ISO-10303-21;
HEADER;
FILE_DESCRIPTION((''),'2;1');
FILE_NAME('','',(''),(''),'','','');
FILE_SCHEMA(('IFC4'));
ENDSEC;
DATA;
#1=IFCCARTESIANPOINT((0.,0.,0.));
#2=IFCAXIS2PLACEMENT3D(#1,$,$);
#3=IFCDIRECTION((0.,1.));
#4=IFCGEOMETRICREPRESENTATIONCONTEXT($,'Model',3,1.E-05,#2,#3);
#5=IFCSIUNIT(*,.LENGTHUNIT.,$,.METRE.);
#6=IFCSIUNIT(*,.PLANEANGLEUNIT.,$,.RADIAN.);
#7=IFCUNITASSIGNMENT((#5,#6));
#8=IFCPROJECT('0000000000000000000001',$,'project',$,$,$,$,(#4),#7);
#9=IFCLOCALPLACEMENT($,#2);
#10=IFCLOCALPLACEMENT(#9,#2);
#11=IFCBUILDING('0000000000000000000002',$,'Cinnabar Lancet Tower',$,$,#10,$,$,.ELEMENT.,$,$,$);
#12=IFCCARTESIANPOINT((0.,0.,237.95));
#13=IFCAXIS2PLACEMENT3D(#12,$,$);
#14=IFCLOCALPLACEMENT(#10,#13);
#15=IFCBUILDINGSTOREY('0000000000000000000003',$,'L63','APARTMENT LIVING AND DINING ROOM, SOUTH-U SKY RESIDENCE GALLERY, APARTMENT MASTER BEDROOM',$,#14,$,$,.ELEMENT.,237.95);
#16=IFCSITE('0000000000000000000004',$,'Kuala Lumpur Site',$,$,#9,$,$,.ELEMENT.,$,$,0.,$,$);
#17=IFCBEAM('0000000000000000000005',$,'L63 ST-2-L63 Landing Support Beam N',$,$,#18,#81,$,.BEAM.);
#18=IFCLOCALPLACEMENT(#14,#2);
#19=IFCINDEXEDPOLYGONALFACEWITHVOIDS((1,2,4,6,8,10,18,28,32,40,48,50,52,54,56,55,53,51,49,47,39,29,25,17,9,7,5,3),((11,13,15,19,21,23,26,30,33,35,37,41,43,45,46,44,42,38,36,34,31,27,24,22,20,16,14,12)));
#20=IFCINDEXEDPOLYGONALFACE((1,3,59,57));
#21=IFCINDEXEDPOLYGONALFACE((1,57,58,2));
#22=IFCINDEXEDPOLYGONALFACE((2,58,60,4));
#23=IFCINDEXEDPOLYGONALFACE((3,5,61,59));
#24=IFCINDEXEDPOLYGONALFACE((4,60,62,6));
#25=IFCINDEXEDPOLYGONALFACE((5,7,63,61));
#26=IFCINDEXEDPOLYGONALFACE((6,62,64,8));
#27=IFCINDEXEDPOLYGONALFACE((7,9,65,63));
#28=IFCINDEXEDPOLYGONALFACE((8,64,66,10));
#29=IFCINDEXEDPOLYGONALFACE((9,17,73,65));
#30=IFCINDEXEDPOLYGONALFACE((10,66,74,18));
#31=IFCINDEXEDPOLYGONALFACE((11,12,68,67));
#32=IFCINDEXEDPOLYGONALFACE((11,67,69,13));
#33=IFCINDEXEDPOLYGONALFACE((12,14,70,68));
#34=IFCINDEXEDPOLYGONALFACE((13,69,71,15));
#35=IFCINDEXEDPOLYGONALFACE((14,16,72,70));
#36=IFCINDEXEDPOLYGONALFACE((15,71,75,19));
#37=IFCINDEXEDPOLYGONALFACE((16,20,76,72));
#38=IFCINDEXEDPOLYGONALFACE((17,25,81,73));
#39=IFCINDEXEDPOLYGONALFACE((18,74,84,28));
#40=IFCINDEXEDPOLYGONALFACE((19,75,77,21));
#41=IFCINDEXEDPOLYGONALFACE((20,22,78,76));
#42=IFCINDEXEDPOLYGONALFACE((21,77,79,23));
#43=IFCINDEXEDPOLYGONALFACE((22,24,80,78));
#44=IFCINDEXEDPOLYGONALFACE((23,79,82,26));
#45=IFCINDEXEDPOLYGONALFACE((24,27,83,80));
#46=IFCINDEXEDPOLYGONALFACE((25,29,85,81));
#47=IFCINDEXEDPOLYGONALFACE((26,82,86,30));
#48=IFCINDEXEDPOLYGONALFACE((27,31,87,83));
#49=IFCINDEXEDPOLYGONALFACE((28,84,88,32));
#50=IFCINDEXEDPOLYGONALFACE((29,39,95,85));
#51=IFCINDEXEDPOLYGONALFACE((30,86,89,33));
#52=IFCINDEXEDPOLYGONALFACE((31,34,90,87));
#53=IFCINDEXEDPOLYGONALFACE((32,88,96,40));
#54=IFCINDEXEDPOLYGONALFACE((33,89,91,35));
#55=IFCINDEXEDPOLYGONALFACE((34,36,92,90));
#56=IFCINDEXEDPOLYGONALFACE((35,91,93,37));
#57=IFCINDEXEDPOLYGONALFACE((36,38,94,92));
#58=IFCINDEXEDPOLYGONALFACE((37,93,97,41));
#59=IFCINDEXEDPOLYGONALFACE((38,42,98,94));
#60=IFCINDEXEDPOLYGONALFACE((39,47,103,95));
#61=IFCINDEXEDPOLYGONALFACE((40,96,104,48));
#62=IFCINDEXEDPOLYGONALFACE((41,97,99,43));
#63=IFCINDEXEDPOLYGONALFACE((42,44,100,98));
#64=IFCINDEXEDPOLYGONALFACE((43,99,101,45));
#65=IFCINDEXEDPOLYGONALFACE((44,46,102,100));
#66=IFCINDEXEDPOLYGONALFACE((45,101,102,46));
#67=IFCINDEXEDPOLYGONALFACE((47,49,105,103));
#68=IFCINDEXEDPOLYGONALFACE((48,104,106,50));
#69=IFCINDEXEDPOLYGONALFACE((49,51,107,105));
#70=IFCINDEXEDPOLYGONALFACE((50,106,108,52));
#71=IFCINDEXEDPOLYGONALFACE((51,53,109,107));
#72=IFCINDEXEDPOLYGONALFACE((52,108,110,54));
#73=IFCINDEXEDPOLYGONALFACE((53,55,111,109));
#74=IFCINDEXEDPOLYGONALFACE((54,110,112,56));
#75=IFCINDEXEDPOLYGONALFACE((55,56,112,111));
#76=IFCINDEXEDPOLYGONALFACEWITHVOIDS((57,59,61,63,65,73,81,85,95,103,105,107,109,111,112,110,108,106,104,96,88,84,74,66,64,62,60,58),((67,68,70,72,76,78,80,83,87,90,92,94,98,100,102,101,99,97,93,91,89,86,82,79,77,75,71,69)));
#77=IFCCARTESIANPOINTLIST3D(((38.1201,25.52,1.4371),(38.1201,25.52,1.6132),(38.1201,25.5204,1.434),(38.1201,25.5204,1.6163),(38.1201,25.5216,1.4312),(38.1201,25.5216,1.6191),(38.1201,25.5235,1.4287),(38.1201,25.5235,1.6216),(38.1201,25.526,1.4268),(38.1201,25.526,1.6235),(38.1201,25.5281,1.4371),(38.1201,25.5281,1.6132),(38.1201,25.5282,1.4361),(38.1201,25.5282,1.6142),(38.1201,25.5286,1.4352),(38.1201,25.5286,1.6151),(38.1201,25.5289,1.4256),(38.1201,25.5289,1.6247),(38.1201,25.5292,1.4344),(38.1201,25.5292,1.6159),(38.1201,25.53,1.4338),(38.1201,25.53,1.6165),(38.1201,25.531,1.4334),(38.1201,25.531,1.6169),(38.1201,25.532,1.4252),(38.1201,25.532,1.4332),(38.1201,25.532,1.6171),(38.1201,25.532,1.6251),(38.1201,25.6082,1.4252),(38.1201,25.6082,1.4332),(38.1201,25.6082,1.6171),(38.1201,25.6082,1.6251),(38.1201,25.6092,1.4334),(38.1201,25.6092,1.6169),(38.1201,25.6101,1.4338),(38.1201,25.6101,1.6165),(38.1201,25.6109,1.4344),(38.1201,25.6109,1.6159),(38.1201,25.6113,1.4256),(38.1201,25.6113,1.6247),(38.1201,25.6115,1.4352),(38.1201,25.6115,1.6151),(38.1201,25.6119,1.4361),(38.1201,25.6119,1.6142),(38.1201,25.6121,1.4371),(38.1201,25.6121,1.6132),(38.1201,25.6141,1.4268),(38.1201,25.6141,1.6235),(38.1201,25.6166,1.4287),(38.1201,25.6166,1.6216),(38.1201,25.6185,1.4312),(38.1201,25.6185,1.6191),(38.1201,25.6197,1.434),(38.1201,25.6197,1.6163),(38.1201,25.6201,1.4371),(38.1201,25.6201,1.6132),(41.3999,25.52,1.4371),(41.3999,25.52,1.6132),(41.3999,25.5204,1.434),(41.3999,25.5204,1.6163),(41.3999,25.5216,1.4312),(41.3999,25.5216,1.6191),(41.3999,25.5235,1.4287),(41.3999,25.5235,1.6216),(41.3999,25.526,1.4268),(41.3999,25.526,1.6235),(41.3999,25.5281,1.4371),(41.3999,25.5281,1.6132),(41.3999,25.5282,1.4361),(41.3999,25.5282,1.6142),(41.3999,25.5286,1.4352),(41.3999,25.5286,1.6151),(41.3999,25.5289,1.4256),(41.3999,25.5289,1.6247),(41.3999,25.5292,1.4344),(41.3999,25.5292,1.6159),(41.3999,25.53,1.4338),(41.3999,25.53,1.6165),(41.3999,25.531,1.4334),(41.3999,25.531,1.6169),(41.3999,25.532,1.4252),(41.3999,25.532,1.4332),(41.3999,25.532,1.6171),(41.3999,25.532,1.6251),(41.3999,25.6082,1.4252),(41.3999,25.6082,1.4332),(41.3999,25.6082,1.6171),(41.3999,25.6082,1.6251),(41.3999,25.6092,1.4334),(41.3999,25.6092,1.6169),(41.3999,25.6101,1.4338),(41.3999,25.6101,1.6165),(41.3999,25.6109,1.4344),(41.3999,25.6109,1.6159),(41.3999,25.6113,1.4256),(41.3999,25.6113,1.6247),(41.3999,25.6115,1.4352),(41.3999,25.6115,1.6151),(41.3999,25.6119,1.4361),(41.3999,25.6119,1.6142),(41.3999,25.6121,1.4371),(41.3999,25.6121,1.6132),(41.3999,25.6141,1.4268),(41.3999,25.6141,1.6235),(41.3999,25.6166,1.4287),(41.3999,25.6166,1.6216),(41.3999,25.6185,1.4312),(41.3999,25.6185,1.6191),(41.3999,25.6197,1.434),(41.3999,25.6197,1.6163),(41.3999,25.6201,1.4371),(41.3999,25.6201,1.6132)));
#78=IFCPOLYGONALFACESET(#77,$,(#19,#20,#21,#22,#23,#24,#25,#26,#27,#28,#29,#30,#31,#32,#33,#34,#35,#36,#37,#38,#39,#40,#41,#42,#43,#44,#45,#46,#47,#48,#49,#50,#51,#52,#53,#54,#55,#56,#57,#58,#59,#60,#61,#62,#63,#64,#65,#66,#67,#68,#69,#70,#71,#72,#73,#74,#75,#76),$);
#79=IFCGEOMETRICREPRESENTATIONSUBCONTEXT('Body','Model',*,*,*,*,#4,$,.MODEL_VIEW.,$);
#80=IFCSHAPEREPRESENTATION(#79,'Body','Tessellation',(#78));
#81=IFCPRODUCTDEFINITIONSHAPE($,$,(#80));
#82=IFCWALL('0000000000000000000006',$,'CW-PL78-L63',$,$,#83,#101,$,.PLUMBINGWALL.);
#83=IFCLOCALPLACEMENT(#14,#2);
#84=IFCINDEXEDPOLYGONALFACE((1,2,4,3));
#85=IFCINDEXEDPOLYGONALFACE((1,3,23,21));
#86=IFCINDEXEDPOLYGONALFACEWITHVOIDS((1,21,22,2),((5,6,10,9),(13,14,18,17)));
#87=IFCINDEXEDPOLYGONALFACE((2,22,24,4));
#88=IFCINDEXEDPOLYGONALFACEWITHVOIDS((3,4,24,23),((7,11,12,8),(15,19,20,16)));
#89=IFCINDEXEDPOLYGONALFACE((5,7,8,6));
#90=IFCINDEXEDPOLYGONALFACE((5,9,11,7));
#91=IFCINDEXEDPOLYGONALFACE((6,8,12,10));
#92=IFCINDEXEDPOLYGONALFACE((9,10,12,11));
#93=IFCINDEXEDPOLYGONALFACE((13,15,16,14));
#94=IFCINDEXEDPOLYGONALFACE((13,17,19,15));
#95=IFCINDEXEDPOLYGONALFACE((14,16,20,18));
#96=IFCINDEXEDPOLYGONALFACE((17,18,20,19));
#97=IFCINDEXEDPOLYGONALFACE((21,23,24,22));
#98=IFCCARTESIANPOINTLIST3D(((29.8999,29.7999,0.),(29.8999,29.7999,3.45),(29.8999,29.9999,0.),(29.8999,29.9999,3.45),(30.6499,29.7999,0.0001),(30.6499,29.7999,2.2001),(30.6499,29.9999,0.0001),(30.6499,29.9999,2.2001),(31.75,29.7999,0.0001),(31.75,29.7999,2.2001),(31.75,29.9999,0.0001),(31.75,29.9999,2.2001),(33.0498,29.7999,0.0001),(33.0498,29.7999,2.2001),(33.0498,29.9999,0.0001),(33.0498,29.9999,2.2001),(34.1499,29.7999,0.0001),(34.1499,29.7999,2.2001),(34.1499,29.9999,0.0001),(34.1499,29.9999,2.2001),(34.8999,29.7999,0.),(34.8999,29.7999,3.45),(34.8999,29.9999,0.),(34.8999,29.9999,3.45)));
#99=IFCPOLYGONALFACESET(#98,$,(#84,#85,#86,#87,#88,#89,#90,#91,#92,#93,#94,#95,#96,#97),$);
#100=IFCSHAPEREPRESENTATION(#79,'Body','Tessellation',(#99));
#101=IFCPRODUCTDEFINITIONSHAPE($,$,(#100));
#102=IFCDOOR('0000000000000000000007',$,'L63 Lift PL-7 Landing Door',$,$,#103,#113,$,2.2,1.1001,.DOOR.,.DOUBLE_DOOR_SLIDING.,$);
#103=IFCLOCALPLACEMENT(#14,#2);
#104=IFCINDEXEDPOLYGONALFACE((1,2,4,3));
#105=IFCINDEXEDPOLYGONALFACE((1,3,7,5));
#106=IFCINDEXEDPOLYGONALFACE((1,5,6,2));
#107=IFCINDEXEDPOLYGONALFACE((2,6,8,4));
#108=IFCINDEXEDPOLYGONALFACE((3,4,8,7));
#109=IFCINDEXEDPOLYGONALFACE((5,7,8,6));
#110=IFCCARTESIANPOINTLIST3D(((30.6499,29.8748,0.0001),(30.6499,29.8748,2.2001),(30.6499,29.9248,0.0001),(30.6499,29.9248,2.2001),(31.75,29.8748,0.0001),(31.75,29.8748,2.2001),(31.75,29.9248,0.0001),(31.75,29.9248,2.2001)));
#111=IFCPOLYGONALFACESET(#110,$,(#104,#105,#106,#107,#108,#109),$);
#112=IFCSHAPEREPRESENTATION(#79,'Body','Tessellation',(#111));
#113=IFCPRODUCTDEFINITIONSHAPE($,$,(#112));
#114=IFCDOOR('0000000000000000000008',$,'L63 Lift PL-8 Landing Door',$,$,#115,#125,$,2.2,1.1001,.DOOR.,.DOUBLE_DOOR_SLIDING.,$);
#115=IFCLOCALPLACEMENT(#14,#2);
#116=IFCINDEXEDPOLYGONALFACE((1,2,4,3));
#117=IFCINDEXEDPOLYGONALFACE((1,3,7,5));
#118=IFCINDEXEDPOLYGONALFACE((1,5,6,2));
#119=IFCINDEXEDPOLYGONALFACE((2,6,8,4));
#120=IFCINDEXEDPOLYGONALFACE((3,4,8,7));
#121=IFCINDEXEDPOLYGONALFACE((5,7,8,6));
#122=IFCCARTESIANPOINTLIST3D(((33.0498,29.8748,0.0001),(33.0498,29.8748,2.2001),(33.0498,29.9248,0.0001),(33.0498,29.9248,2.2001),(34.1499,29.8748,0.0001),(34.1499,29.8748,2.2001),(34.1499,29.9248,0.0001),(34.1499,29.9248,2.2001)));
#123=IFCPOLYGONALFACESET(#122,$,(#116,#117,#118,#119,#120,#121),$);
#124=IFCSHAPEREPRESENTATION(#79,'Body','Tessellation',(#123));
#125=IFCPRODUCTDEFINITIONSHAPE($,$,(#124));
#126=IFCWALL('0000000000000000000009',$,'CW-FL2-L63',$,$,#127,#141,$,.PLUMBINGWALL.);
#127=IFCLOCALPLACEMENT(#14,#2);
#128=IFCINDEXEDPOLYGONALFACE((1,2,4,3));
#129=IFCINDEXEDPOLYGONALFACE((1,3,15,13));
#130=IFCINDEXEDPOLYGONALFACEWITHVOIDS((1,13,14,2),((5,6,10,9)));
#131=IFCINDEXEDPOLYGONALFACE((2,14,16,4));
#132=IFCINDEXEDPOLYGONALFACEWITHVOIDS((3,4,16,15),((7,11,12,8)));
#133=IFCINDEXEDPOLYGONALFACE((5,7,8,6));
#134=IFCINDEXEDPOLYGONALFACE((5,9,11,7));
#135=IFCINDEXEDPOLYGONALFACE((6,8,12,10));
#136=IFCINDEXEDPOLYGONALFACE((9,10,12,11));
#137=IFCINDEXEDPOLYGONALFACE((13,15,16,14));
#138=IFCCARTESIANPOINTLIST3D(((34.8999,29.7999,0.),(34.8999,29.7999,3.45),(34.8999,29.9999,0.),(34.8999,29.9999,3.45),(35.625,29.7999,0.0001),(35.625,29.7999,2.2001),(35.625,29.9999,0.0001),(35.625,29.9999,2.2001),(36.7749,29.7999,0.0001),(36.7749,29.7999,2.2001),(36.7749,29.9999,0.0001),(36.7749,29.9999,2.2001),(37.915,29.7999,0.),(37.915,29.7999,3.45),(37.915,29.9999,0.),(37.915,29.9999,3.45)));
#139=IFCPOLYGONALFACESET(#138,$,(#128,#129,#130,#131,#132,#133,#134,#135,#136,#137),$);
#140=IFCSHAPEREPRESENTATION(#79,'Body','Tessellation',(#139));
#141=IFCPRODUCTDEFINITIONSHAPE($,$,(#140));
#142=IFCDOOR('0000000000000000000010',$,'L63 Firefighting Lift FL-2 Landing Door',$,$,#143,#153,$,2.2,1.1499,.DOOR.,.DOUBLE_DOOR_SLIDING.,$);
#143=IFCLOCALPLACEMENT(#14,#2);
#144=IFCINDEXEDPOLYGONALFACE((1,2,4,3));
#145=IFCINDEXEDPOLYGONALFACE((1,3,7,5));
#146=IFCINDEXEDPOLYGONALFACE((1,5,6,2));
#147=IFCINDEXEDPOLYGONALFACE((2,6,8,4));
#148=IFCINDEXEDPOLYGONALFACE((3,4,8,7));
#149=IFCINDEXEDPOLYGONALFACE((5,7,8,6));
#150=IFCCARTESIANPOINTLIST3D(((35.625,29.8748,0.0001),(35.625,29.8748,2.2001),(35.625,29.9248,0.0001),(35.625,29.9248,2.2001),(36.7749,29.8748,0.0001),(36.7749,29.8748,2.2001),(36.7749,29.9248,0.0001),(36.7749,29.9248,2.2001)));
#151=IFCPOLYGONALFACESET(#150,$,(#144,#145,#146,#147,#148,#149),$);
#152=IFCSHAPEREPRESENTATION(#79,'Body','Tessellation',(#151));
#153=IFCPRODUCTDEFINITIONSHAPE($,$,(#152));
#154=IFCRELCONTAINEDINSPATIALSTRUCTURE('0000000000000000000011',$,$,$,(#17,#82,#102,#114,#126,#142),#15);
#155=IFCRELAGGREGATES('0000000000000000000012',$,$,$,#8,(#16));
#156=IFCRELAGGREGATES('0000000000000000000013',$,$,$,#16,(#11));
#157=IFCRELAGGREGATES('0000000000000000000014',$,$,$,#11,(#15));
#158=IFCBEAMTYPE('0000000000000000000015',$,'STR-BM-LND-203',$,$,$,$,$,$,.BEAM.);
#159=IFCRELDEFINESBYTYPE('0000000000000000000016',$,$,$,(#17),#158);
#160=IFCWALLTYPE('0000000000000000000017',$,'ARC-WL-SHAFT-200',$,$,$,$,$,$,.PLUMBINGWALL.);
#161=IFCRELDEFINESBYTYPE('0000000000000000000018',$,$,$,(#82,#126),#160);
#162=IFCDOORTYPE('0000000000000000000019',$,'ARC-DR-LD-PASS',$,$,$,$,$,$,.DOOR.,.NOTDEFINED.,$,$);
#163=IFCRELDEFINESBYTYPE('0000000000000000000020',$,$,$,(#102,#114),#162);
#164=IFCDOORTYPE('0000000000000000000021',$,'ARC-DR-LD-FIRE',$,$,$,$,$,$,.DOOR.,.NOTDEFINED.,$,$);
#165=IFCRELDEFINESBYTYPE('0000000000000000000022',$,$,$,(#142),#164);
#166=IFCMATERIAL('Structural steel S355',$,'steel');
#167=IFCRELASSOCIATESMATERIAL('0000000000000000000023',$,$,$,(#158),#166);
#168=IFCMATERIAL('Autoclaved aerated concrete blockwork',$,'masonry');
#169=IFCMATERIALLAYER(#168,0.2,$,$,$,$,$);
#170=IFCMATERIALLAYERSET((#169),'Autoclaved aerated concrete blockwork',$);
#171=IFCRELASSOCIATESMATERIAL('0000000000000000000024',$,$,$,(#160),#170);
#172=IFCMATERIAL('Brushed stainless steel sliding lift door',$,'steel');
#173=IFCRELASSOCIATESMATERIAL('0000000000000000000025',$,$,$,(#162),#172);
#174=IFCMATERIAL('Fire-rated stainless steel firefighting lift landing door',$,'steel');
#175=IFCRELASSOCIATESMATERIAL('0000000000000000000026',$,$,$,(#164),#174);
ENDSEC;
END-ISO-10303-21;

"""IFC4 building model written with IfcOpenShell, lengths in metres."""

from ifc_helpers import new_model, si_unit, direction, frame, frame_2d, origin, origin_2d, place, context, subcontext, project, spatial, rectangle, hollow_rectangle, extrude, material, layer, layer_set, material_profile, profile_set, type_object, element, fill, save


model = new_model("IFC4")

# Units and contexts
model_context = context("Model", 3, precision=1e-05, world=origin(), true_north=direction((0.0, 1.0)))
body_context = subcontext(model_context, "Body", "Model", "MODEL_VIEW")
ifc_project = project(units=[si_unit("LENGTHUNIT", "METRE"), si_unit("PLANEANGLEUNIT", "RADIAN")], contexts=[model_context])

# Site, building, storey
site_placement = place(None, origin())
site = spatial("IfcSite", under=ifc_project, at=site_placement, Name="Kuala Lumpur Site", CompositionType="ELEMENT", RefElevation=0.0)
building_placement = place(site_placement, origin())
building = spatial("IfcBuilding", under=site, at=building_placement, Name="Cinnabar Lancet Tower", CompositionType="ELEMENT")
storey_placement = place(building_placement, frame((0.0, 0.0, 237.95)))
storey = spatial("IfcBuildingStorey", under=building, at=storey_placement, Name="L63", Description="APARTMENT LIVING AND DINING ROOM, SOUTH-U SKY RESIDENCE GALLERY, APARTMENT MASTER BEDROOM", CompositionType="ELEMENT", Elevation=237.95)

# Beam
ifc_material_1 = material(Name="Structural steel S355", Category="steel")
ifc_material_profile = material_profile(ifc_material_1, hollow_rectangle(XDim=0.1001, YDim=0.2, WallThickness=0.0081, InnerFilletRadius=0.0039, OuterFilletRadius=0.012, at=origin_2d()), Name="RHS 200x100x8")
ifc_profile_set = profile_set([ifc_material_profile], Name="Structural steel S355")
beam_type = type_object("IfcBeamType", Name="STR-BM-LND-203", PredefinedType="BEAM", material=ifc_profile_set)
beam_placement = place(storey_placement, frame((38.1201, 25.5701, 1.5251), z_axis=(1.0, 0.0, 0.0), x_axis=(0.0, 1.0, 0.0)))
element("IfcBeam", 1, at=beam_placement, inside=storey, type_object=beam_type, Name="L63 ST-2-L63 Landing Support Beam N", PredefinedType="BEAM", context=body_context, shape_type="SweptSolid", body=[
    extrude(hollow_rectangle(XDim=0.1001, YDim=0.2, WallThickness=0.0081, InnerFilletRadius=0.0039, OuterFilletRadius=0.012, at=origin_2d()), origin(), (0.0, 0.0, 1.0), 3.2798),
])

# Wall, openings, doors
ifc_material_2 = material(Name="Autoclaved aerated concrete blockwork", Category="masonry")
ifc_layer = layer(ifc_material_2, 0.2)
ifc_layer_set = layer_set([ifc_layer], Name="Autoclaved aerated concrete blockwork")
wall_type = type_object("IfcWallType", Name="ARC-WL-SHAFT-200", PredefinedType="PLUMBINGWALL", material=ifc_layer_set)
wall_1_placement = place(storey_placement, frame((29.8999, 29.8999, 0.0), z_axis=(0.0, 0.0, 1.0), x_axis=(1.0, 0.0, 0.0)))
wall_1 = element("IfcWall", 2, at=wall_1_placement, inside=storey, type_object=wall_type, Name="CW-PL78-L63", PredefinedType="PLUMBINGWALL", context=body_context, shape_type="SweptSolid", body=[
    extrude(rectangle(XDim=5.0, YDim=0.2, at=frame_2d((2.5, 0.0))), origin(), (0.0, 0.0, 1.0), 3.45),
])
opening_1_placement = place(wall_1_placement, frame((0.75, 0.0, 0.0)))
opening_1 = element("IfcOpeningElement", 3, at=opening_1_placement, cuts=wall_1, PredefinedType="OPENING", context=body_context, shape_type="SweptSolid", body=[
    extrude(rectangle(XDim=1.1001, YDim=2.2, at=frame_2d((0.55, 1.1001))), frame((0.0, 0.1099, 0.0), z_axis=(0.0, -1.0, 0.0), x_axis=(1.0, 0.0, 0.0)), (0.0, 0.0, 1.0), 0.22),
])
opening_2_placement = place(wall_1_placement, frame((3.1499, 0.0, 0.0)))
opening_2 = element("IfcOpeningElement", 4, at=opening_2_placement, cuts=wall_1, PredefinedType="OPENING", context=body_context, shape_type="SweptSolid", body=[
    extrude(rectangle(XDim=1.1001, YDim=2.2, at=frame_2d((0.55, 1.1001))), frame((0.0, 0.1099, 0.0), z_axis=(0.0, -1.0, 0.0), x_axis=(1.0, 0.0, 0.0)), (0.0, 0.0, 1.0), 0.22),
])
ifc_material_3 = material(Name="Brushed stainless steel sliding lift door", Category="steel")
door_type_1 = type_object("IfcDoorType", Name="ARC-DR-LD-PASS", OperationType="NOTDEFINED", PredefinedType="DOOR", material=ifc_material_3)
door_1_placement = place(opening_1_placement, origin())
door_1 = element("IfcDoor", 5, at=door_1_placement, inside=storey, type_object=door_type_1, Name="L63 Lift PL-7 Landing Door", OperationType="DOUBLE_DOOR_SLIDING", OverallHeight=2.2, OverallWidth=1.1001, PredefinedType="DOOR", context=body_context, shape_type="SweptSolid", body=[
    extrude(rectangle(XDim=1.1001, YDim=2.2, at=frame_2d((0.55, 1.1001))), frame((0.0, 0.0249, 0.0), z_axis=(0.0, -1.0, 0.0), x_axis=(1.0, 0.0, 0.0)), (0.0, 0.0, 1.0), 0.05),
])
fill(opening_1, door_1)
door_2_placement = place(opening_2_placement, origin())
door_2 = element("IfcDoor", 6, at=door_2_placement, inside=storey, type_object=door_type_1, Name="L63 Lift PL-8 Landing Door", OperationType="DOUBLE_DOOR_SLIDING", OverallHeight=2.2, OverallWidth=1.1001, PredefinedType="DOOR", context=body_context, shape_type="SweptSolid", body=[
    extrude(rectangle(XDim=1.1001, YDim=2.2, at=frame_2d((0.55, 1.1001))), frame((0.0, 0.0249, 0.0), z_axis=(0.0, -1.0, 0.0), x_axis=(1.0, 0.0, 0.0)), (0.0, 0.0, 1.0), 0.05),
])
fill(opening_2, door_2)

# Wall, opening, door
wall_2_placement = place(storey_placement, frame((34.8999, 29.8999, 0.0), z_axis=(0.0, 0.0, 1.0), x_axis=(1.0, 0.0, 0.0)))
wall_2 = element("IfcWall", 7, at=wall_2_placement, inside=storey, type_object=wall_type, Name="CW-FL2-L63", PredefinedType="PLUMBINGWALL", context=body_context, shape_type="SweptSolid", body=[
    extrude(rectangle(XDim=3.0151, YDim=0.2, at=frame_2d((1.5076, 0.0))), origin(), (0.0, 0.0, 1.0), 3.45),
])
opening_3_placement = place(wall_2_placement, frame((0.7251, 0.0, 0.0)))
opening_3 = element("IfcOpeningElement", 8, at=opening_3_placement, cuts=wall_2, PredefinedType="OPENING", context=body_context, shape_type="SweptSolid", body=[
    extrude(rectangle(XDim=1.1499, YDim=2.2, at=frame_2d((0.575, 1.1001))), frame((0.0, 0.1099, 0.0), z_axis=(0.0, -1.0, 0.0), x_axis=(1.0, 0.0, 0.0)), (0.0, 0.0, 1.0), 0.22),
])
ifc_material_4 = material(Name="Fire-rated stainless steel firefighting lift landing door", Category="steel")
door_type_2 = type_object("IfcDoorType", Name="ARC-DR-LD-FIRE", OperationType="NOTDEFINED", PredefinedType="DOOR", material=ifc_material_4)
door_3_placement = place(opening_3_placement, origin())
door_3 = element("IfcDoor", 9, at=door_3_placement, inside=storey, type_object=door_type_2, Name="L63 Firefighting Lift FL-2 Landing Door", OperationType="DOUBLE_DOOR_SLIDING", OverallHeight=2.2, OverallWidth=1.1499, PredefinedType="DOOR", context=body_context, shape_type="SweptSolid", body=[
    extrude(rectangle(XDim=1.1499, YDim=2.2, at=frame_2d((0.575, 1.1001))), frame((0.0, 0.0249, 0.0), z_axis=(0.0, -1.0, 0.0), x_axis=(1.0, 0.0, 0.0)), (0.0, 0.0, 1.0), 0.05),
])
fill(opening_3, door_3)

save(model, "model.ifc")
